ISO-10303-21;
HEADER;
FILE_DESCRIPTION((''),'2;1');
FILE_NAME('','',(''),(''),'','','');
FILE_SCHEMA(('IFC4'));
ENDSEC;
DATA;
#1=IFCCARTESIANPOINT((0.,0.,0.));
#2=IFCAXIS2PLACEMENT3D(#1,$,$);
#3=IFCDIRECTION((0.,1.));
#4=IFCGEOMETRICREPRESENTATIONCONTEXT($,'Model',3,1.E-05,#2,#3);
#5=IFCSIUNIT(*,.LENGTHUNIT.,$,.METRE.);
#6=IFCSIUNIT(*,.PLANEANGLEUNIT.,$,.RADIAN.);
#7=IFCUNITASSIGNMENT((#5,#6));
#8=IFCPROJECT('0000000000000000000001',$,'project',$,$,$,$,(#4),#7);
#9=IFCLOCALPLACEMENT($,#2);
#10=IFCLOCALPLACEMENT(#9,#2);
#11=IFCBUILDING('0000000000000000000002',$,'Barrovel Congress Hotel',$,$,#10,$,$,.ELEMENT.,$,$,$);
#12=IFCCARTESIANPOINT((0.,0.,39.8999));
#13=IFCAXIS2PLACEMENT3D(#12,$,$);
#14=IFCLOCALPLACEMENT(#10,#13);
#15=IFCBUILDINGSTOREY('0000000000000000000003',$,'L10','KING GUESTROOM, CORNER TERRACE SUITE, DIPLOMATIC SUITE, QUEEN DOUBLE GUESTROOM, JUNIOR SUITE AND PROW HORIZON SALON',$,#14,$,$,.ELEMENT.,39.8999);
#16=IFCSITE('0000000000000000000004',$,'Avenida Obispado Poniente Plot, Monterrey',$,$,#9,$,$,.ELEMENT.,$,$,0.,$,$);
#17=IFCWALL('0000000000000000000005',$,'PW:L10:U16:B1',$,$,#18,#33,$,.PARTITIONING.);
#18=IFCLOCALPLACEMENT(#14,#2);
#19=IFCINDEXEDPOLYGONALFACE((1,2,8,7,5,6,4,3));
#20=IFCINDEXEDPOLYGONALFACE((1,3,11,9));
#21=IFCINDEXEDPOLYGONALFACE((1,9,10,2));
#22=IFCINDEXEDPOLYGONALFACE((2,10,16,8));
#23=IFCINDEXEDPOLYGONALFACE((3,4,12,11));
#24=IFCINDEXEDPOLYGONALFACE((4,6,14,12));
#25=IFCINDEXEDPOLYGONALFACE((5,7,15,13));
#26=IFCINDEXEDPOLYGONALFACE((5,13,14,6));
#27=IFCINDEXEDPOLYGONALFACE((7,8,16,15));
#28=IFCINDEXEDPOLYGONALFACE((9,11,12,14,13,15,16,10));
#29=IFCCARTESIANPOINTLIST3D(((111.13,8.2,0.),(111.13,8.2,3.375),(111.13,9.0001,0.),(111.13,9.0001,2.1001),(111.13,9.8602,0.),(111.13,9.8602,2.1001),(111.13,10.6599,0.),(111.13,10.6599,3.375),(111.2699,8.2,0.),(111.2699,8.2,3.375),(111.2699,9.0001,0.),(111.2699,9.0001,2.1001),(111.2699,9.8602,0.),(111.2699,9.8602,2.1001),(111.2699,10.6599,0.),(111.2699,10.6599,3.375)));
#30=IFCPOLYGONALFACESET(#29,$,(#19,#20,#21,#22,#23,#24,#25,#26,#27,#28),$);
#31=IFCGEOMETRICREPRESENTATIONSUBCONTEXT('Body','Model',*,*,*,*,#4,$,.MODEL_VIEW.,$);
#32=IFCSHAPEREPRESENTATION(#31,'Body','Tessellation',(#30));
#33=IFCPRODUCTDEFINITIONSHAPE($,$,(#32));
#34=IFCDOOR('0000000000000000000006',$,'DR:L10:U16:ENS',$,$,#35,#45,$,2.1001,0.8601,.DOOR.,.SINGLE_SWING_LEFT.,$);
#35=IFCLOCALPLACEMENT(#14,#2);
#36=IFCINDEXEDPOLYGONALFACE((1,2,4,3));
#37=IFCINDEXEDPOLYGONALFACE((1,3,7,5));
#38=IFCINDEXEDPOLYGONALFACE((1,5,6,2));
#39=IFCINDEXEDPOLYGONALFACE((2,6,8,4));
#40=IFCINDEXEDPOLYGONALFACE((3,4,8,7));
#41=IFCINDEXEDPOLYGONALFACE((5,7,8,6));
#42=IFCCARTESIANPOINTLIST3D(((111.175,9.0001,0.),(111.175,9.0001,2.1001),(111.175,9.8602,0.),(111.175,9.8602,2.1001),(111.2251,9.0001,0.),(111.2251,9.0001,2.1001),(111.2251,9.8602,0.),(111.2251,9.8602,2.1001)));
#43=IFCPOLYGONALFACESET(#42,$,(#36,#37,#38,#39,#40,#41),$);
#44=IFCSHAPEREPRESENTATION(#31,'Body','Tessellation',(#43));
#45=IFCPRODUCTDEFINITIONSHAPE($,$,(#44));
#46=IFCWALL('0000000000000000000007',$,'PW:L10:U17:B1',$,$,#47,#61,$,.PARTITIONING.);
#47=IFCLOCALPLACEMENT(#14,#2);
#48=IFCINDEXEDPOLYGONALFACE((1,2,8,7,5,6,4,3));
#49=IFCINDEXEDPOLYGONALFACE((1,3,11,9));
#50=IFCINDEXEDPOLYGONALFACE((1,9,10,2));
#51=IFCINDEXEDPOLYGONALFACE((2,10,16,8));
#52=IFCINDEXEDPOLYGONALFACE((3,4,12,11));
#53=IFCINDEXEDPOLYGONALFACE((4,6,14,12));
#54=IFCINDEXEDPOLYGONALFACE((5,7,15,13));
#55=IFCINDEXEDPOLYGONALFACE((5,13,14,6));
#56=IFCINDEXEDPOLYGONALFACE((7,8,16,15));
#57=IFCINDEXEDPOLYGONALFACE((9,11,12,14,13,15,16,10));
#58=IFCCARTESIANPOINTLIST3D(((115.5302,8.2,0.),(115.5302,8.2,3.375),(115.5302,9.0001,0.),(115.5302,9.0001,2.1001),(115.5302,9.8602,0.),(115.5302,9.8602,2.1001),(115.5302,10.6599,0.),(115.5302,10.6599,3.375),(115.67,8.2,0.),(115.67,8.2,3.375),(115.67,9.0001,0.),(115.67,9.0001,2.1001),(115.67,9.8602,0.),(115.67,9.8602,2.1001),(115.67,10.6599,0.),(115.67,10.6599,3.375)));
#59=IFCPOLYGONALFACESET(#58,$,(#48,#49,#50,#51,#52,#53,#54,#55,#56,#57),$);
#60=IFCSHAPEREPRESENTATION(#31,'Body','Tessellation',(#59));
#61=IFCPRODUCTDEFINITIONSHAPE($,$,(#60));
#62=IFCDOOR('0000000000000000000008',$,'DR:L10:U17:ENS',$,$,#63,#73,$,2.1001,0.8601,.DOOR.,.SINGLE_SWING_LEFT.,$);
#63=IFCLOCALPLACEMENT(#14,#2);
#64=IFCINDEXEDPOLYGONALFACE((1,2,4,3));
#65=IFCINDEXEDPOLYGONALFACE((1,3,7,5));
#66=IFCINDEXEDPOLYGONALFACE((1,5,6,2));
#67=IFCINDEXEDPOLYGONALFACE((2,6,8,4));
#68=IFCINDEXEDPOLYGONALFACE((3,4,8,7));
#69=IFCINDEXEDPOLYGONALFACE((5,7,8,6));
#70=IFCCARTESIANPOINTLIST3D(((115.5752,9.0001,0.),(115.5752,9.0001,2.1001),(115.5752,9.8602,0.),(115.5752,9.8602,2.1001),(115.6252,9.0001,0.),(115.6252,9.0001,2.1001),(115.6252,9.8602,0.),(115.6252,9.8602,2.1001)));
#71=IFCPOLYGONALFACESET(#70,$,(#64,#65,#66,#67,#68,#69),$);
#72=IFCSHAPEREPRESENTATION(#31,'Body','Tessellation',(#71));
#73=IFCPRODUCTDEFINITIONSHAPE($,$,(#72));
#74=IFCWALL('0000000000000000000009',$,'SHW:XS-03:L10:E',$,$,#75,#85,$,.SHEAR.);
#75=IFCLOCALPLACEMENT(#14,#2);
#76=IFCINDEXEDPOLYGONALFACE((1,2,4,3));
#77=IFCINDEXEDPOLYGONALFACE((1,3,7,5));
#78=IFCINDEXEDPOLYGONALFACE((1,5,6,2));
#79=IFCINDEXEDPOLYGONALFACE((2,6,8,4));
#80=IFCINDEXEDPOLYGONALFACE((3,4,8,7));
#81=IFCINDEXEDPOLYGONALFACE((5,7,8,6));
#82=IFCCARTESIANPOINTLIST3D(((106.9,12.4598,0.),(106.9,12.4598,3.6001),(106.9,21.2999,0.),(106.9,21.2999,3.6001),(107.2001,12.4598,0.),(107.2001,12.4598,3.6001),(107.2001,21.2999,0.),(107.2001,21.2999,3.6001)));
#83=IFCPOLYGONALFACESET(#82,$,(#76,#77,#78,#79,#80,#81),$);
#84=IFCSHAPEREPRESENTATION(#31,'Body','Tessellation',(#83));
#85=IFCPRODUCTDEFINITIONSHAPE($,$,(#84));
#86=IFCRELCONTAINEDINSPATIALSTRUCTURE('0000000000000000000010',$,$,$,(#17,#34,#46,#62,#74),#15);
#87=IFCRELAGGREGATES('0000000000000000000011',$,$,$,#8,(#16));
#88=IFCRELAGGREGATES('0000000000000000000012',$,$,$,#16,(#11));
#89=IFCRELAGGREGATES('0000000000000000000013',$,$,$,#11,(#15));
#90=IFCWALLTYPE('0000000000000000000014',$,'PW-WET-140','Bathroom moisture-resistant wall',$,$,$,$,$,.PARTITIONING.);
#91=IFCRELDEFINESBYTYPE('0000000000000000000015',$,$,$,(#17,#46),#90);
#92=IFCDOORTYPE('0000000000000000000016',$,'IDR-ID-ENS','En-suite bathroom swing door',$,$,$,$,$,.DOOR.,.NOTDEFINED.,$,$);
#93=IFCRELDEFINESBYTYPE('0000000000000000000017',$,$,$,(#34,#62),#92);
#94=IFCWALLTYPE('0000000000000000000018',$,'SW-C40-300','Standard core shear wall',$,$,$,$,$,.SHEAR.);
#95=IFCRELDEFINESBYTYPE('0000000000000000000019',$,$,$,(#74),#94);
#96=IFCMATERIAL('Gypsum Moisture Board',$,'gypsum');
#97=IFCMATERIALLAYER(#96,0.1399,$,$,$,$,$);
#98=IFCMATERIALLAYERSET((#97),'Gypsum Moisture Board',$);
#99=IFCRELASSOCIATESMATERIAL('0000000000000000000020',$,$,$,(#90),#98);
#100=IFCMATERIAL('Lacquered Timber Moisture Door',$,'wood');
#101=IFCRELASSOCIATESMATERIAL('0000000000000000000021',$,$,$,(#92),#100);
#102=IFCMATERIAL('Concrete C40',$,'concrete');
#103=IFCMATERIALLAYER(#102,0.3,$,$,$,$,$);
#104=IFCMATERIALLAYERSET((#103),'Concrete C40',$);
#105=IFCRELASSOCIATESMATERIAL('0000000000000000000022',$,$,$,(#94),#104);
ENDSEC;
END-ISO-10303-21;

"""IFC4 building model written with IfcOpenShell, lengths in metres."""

from ifc_helpers import new_model, si_unit, direction, frame, frame_2d, origin, place, context, subcontext, project, spatial, rectangle, extrude, material, layer, layer_set, type_object, element, fill, save


model = new_model("IFC4")

# Units and contexts
model_context = context("Model", 3, precision=1e-05, world=origin(), true_north=direction((0.0, 1.0)))
body_context = subcontext(model_context, "Body", "Model", "MODEL_VIEW")
ifc_project = project(units=[si_unit("LENGTHUNIT", "METRE"), si_unit("PLANEANGLEUNIT", "RADIAN")], contexts=[model_context])

# Site, building, storey
site_placement = place(None, origin())
site = spatial("IfcSite", under=ifc_project, at=site_placement, Name="Avenida Obispado Poniente Plot, Monterrey", CompositionType="ELEMENT", RefElevation=0.0)
building_placement = place(site_placement, origin())
building = spatial("IfcBuilding", under=site, at=building_placement, Name="Barrovel Congress Hotel", CompositionType="ELEMENT")
storey_placement = place(building_placement, frame((0.0, 0.0, 39.8999)))
storey = spatial("IfcBuildingStorey", under=building, at=storey_placement, Name="L10", Description="KING GUESTROOM, CORNER TERRACE SUITE, DIPLOMATIC SUITE, QUEEN DOUBLE GUESTROOM, JUNIOR SUITE AND PROW HORIZON SALON", CompositionType="ELEMENT", Elevation=39.8999)

# Shared definitions
ifc_material_1 = material(Name="Concrete C40", Category="concrete")

# Walls, openings, doors
ifc_material_2 = material(Name="Gypsum Moisture Board", Category="gypsum")
ifc_layer_1 = layer(ifc_material_2, 0.1399)
ifc_layer_set_1 = layer_set([ifc_layer_1], Name="Gypsum Moisture Board")
wall_type_1 = type_object("IfcWallType", Name="PW-WET-140", Description="Bathroom moisture-resistant wall", PredefinedType="PARTITIONING", material=ifc_layer_set_1)
wall_1_placement = place(storey_placement, frame((111.2, 8.2, 0.0), z_axis=(0.0, 0.0, 1.0), x_axis=(0.0, 1.0, 0.0)))
wall_1 = element("IfcWall", 1, at=wall_1_placement, inside=storey, type_object=wall_type_1, Name="PW:L10:U16:B1", PredefinedType="PARTITIONING", context=body_context, shape_type="SweptSolid", body=[
    extrude(rectangle(XDim=2.46, YDim=0.1399, at=frame_2d((1.23, 0.0))), origin(), (0.0, 0.0, 1.0), 3.375),
])
opening_1_placement = place(wall_1_placement, frame((0.8, 0.0, 0.0)))
opening_1 = element("IfcOpeningElement", 2, at=opening_1_placement, cuts=wall_1, PredefinedType="OPENING", context=body_context, shape_type="SweptSolid", body=[
    extrude(rectangle(XDim=0.8601, YDim=2.1001, at=frame_2d((0.4302, 1.05))), frame((0.0, 0.0801, 0.0), z_axis=(0.0, -1.0, 0.0), x_axis=(1.0, 0.0, 0.0)), (0.0, 0.0, 1.0), 0.1599),
])
ifc_material_3 = material(Name="Lacquered Timber Moisture Door", Category="wood")
door_type_1 = type_object("IfcDoorType", Name="IDR-ID-ENS", Description="En-suite bathroom swing door", OperationType="NOTDEFINED", PredefinedType="DOOR", material=ifc_material_3)
door_1_placement = place(opening_1_placement, origin())
door_1 = element("IfcDoor", 3, at=door_1_placement, inside=storey, type_object=door_type_1, Name="DR:L10:U16:ENS", OperationType="SINGLE_SWING_LEFT", OverallHeight=2.1001, OverallWidth=0.8601, PredefinedType="DOOR", context=body_context, shape_type="SweptSolid", body=[
    extrude(rectangle(XDim=0.8601, YDim=2.1001, at=frame_2d((0.4302, 1.05))), frame((0.0, 0.0249, 0.0), z_axis=(0.0, -1.0, 0.0), x_axis=(1.0, 0.0, 0.0)), (0.0, 0.0, 1.0), 0.05),
])
fill(opening_1, door_1)
wall_2_placement = place(storey_placement, frame((115.6001, 8.2, 0.0), z_axis=(0.0, 0.0, 1.0), x_axis=(0.0, 1.0, 0.0)))
wall_2 = element("IfcWall", 4, at=wall_2_placement, inside=storey, type_object=wall_type_1, Name="PW:L10:U17:B1", PredefinedType="PARTITIONING", context=body_context, shape_type="SweptSolid", body=[
    extrude(rectangle(XDim=2.46, YDim=0.1399, at=frame_2d((1.23, 0.0))), origin(), (0.0, 0.0, 1.0), 3.375),
])
opening_2_placement = place(wall_2_placement, frame((0.8, 0.0, 0.0)))
opening_2 = element("IfcOpeningElement", 5, at=opening_2_placement, cuts=wall_2, PredefinedType="OPENING", context=body_context, shape_type="SweptSolid", body=[
    extrude(rectangle(XDim=0.8601, YDim=2.1001, at=frame_2d((0.4302, 1.05))), frame((0.0, 0.0801, 0.0), z_axis=(0.0, -1.0, 0.0), x_axis=(1.0, 0.0, 0.0)), (0.0, 0.0, 1.0), 0.1599),
])
door_2_placement = place(opening_2_placement, origin())
door_2 = element("IfcDoor", 6, at=door_2_placement, inside=storey, type_object=door_type_1, Name="DR:L10:U17:ENS", OperationType="SINGLE_SWING_LEFT", OverallHeight=2.1001, OverallWidth=0.8601, PredefinedType="DOOR", context=body_context, shape_type="SweptSolid", body=[
    extrude(rectangle(XDim=0.8601, YDim=2.1001, at=frame_2d((0.4302, 1.05))), frame((0.0, 0.0249, 0.0), z_axis=(0.0, -1.0, 0.0), x_axis=(1.0, 0.0, 0.0)), (0.0, 0.0, 1.0), 0.05),
])
fill(opening_2, door_2)

# Wall
ifc_layer_2 = layer(ifc_material_1, 0.3)
ifc_layer_set_2 = layer_set([ifc_layer_2], Name="Concrete C40")
wall_type_2 = type_object("IfcWallType", Name="SW-C40-300", Description="Standard core shear wall", PredefinedType="SHEAR", material=ifc_layer_set_2)
wall_3_placement = place(storey_placement, frame((107.05, 12.46, 0.0), z_axis=(0.0, 0.0, 1.0), x_axis=(0.0, 1.0, 0.0)))
element("IfcWall", 7, at=wall_3_placement, inside=storey, type_object=wall_type_2, Name="SHW:XS-03:L10:E", PredefinedType="SHEAR", context=body_context, shape_type="SweptSolid", body=[
    extrude(rectangle(XDim=8.8401, YDim=0.3, at=frame_2d((4.4199, 0.0))), origin(), (0.0, 0.0, 1.0), 3.6001),
])

save(model, "model.ifc")
